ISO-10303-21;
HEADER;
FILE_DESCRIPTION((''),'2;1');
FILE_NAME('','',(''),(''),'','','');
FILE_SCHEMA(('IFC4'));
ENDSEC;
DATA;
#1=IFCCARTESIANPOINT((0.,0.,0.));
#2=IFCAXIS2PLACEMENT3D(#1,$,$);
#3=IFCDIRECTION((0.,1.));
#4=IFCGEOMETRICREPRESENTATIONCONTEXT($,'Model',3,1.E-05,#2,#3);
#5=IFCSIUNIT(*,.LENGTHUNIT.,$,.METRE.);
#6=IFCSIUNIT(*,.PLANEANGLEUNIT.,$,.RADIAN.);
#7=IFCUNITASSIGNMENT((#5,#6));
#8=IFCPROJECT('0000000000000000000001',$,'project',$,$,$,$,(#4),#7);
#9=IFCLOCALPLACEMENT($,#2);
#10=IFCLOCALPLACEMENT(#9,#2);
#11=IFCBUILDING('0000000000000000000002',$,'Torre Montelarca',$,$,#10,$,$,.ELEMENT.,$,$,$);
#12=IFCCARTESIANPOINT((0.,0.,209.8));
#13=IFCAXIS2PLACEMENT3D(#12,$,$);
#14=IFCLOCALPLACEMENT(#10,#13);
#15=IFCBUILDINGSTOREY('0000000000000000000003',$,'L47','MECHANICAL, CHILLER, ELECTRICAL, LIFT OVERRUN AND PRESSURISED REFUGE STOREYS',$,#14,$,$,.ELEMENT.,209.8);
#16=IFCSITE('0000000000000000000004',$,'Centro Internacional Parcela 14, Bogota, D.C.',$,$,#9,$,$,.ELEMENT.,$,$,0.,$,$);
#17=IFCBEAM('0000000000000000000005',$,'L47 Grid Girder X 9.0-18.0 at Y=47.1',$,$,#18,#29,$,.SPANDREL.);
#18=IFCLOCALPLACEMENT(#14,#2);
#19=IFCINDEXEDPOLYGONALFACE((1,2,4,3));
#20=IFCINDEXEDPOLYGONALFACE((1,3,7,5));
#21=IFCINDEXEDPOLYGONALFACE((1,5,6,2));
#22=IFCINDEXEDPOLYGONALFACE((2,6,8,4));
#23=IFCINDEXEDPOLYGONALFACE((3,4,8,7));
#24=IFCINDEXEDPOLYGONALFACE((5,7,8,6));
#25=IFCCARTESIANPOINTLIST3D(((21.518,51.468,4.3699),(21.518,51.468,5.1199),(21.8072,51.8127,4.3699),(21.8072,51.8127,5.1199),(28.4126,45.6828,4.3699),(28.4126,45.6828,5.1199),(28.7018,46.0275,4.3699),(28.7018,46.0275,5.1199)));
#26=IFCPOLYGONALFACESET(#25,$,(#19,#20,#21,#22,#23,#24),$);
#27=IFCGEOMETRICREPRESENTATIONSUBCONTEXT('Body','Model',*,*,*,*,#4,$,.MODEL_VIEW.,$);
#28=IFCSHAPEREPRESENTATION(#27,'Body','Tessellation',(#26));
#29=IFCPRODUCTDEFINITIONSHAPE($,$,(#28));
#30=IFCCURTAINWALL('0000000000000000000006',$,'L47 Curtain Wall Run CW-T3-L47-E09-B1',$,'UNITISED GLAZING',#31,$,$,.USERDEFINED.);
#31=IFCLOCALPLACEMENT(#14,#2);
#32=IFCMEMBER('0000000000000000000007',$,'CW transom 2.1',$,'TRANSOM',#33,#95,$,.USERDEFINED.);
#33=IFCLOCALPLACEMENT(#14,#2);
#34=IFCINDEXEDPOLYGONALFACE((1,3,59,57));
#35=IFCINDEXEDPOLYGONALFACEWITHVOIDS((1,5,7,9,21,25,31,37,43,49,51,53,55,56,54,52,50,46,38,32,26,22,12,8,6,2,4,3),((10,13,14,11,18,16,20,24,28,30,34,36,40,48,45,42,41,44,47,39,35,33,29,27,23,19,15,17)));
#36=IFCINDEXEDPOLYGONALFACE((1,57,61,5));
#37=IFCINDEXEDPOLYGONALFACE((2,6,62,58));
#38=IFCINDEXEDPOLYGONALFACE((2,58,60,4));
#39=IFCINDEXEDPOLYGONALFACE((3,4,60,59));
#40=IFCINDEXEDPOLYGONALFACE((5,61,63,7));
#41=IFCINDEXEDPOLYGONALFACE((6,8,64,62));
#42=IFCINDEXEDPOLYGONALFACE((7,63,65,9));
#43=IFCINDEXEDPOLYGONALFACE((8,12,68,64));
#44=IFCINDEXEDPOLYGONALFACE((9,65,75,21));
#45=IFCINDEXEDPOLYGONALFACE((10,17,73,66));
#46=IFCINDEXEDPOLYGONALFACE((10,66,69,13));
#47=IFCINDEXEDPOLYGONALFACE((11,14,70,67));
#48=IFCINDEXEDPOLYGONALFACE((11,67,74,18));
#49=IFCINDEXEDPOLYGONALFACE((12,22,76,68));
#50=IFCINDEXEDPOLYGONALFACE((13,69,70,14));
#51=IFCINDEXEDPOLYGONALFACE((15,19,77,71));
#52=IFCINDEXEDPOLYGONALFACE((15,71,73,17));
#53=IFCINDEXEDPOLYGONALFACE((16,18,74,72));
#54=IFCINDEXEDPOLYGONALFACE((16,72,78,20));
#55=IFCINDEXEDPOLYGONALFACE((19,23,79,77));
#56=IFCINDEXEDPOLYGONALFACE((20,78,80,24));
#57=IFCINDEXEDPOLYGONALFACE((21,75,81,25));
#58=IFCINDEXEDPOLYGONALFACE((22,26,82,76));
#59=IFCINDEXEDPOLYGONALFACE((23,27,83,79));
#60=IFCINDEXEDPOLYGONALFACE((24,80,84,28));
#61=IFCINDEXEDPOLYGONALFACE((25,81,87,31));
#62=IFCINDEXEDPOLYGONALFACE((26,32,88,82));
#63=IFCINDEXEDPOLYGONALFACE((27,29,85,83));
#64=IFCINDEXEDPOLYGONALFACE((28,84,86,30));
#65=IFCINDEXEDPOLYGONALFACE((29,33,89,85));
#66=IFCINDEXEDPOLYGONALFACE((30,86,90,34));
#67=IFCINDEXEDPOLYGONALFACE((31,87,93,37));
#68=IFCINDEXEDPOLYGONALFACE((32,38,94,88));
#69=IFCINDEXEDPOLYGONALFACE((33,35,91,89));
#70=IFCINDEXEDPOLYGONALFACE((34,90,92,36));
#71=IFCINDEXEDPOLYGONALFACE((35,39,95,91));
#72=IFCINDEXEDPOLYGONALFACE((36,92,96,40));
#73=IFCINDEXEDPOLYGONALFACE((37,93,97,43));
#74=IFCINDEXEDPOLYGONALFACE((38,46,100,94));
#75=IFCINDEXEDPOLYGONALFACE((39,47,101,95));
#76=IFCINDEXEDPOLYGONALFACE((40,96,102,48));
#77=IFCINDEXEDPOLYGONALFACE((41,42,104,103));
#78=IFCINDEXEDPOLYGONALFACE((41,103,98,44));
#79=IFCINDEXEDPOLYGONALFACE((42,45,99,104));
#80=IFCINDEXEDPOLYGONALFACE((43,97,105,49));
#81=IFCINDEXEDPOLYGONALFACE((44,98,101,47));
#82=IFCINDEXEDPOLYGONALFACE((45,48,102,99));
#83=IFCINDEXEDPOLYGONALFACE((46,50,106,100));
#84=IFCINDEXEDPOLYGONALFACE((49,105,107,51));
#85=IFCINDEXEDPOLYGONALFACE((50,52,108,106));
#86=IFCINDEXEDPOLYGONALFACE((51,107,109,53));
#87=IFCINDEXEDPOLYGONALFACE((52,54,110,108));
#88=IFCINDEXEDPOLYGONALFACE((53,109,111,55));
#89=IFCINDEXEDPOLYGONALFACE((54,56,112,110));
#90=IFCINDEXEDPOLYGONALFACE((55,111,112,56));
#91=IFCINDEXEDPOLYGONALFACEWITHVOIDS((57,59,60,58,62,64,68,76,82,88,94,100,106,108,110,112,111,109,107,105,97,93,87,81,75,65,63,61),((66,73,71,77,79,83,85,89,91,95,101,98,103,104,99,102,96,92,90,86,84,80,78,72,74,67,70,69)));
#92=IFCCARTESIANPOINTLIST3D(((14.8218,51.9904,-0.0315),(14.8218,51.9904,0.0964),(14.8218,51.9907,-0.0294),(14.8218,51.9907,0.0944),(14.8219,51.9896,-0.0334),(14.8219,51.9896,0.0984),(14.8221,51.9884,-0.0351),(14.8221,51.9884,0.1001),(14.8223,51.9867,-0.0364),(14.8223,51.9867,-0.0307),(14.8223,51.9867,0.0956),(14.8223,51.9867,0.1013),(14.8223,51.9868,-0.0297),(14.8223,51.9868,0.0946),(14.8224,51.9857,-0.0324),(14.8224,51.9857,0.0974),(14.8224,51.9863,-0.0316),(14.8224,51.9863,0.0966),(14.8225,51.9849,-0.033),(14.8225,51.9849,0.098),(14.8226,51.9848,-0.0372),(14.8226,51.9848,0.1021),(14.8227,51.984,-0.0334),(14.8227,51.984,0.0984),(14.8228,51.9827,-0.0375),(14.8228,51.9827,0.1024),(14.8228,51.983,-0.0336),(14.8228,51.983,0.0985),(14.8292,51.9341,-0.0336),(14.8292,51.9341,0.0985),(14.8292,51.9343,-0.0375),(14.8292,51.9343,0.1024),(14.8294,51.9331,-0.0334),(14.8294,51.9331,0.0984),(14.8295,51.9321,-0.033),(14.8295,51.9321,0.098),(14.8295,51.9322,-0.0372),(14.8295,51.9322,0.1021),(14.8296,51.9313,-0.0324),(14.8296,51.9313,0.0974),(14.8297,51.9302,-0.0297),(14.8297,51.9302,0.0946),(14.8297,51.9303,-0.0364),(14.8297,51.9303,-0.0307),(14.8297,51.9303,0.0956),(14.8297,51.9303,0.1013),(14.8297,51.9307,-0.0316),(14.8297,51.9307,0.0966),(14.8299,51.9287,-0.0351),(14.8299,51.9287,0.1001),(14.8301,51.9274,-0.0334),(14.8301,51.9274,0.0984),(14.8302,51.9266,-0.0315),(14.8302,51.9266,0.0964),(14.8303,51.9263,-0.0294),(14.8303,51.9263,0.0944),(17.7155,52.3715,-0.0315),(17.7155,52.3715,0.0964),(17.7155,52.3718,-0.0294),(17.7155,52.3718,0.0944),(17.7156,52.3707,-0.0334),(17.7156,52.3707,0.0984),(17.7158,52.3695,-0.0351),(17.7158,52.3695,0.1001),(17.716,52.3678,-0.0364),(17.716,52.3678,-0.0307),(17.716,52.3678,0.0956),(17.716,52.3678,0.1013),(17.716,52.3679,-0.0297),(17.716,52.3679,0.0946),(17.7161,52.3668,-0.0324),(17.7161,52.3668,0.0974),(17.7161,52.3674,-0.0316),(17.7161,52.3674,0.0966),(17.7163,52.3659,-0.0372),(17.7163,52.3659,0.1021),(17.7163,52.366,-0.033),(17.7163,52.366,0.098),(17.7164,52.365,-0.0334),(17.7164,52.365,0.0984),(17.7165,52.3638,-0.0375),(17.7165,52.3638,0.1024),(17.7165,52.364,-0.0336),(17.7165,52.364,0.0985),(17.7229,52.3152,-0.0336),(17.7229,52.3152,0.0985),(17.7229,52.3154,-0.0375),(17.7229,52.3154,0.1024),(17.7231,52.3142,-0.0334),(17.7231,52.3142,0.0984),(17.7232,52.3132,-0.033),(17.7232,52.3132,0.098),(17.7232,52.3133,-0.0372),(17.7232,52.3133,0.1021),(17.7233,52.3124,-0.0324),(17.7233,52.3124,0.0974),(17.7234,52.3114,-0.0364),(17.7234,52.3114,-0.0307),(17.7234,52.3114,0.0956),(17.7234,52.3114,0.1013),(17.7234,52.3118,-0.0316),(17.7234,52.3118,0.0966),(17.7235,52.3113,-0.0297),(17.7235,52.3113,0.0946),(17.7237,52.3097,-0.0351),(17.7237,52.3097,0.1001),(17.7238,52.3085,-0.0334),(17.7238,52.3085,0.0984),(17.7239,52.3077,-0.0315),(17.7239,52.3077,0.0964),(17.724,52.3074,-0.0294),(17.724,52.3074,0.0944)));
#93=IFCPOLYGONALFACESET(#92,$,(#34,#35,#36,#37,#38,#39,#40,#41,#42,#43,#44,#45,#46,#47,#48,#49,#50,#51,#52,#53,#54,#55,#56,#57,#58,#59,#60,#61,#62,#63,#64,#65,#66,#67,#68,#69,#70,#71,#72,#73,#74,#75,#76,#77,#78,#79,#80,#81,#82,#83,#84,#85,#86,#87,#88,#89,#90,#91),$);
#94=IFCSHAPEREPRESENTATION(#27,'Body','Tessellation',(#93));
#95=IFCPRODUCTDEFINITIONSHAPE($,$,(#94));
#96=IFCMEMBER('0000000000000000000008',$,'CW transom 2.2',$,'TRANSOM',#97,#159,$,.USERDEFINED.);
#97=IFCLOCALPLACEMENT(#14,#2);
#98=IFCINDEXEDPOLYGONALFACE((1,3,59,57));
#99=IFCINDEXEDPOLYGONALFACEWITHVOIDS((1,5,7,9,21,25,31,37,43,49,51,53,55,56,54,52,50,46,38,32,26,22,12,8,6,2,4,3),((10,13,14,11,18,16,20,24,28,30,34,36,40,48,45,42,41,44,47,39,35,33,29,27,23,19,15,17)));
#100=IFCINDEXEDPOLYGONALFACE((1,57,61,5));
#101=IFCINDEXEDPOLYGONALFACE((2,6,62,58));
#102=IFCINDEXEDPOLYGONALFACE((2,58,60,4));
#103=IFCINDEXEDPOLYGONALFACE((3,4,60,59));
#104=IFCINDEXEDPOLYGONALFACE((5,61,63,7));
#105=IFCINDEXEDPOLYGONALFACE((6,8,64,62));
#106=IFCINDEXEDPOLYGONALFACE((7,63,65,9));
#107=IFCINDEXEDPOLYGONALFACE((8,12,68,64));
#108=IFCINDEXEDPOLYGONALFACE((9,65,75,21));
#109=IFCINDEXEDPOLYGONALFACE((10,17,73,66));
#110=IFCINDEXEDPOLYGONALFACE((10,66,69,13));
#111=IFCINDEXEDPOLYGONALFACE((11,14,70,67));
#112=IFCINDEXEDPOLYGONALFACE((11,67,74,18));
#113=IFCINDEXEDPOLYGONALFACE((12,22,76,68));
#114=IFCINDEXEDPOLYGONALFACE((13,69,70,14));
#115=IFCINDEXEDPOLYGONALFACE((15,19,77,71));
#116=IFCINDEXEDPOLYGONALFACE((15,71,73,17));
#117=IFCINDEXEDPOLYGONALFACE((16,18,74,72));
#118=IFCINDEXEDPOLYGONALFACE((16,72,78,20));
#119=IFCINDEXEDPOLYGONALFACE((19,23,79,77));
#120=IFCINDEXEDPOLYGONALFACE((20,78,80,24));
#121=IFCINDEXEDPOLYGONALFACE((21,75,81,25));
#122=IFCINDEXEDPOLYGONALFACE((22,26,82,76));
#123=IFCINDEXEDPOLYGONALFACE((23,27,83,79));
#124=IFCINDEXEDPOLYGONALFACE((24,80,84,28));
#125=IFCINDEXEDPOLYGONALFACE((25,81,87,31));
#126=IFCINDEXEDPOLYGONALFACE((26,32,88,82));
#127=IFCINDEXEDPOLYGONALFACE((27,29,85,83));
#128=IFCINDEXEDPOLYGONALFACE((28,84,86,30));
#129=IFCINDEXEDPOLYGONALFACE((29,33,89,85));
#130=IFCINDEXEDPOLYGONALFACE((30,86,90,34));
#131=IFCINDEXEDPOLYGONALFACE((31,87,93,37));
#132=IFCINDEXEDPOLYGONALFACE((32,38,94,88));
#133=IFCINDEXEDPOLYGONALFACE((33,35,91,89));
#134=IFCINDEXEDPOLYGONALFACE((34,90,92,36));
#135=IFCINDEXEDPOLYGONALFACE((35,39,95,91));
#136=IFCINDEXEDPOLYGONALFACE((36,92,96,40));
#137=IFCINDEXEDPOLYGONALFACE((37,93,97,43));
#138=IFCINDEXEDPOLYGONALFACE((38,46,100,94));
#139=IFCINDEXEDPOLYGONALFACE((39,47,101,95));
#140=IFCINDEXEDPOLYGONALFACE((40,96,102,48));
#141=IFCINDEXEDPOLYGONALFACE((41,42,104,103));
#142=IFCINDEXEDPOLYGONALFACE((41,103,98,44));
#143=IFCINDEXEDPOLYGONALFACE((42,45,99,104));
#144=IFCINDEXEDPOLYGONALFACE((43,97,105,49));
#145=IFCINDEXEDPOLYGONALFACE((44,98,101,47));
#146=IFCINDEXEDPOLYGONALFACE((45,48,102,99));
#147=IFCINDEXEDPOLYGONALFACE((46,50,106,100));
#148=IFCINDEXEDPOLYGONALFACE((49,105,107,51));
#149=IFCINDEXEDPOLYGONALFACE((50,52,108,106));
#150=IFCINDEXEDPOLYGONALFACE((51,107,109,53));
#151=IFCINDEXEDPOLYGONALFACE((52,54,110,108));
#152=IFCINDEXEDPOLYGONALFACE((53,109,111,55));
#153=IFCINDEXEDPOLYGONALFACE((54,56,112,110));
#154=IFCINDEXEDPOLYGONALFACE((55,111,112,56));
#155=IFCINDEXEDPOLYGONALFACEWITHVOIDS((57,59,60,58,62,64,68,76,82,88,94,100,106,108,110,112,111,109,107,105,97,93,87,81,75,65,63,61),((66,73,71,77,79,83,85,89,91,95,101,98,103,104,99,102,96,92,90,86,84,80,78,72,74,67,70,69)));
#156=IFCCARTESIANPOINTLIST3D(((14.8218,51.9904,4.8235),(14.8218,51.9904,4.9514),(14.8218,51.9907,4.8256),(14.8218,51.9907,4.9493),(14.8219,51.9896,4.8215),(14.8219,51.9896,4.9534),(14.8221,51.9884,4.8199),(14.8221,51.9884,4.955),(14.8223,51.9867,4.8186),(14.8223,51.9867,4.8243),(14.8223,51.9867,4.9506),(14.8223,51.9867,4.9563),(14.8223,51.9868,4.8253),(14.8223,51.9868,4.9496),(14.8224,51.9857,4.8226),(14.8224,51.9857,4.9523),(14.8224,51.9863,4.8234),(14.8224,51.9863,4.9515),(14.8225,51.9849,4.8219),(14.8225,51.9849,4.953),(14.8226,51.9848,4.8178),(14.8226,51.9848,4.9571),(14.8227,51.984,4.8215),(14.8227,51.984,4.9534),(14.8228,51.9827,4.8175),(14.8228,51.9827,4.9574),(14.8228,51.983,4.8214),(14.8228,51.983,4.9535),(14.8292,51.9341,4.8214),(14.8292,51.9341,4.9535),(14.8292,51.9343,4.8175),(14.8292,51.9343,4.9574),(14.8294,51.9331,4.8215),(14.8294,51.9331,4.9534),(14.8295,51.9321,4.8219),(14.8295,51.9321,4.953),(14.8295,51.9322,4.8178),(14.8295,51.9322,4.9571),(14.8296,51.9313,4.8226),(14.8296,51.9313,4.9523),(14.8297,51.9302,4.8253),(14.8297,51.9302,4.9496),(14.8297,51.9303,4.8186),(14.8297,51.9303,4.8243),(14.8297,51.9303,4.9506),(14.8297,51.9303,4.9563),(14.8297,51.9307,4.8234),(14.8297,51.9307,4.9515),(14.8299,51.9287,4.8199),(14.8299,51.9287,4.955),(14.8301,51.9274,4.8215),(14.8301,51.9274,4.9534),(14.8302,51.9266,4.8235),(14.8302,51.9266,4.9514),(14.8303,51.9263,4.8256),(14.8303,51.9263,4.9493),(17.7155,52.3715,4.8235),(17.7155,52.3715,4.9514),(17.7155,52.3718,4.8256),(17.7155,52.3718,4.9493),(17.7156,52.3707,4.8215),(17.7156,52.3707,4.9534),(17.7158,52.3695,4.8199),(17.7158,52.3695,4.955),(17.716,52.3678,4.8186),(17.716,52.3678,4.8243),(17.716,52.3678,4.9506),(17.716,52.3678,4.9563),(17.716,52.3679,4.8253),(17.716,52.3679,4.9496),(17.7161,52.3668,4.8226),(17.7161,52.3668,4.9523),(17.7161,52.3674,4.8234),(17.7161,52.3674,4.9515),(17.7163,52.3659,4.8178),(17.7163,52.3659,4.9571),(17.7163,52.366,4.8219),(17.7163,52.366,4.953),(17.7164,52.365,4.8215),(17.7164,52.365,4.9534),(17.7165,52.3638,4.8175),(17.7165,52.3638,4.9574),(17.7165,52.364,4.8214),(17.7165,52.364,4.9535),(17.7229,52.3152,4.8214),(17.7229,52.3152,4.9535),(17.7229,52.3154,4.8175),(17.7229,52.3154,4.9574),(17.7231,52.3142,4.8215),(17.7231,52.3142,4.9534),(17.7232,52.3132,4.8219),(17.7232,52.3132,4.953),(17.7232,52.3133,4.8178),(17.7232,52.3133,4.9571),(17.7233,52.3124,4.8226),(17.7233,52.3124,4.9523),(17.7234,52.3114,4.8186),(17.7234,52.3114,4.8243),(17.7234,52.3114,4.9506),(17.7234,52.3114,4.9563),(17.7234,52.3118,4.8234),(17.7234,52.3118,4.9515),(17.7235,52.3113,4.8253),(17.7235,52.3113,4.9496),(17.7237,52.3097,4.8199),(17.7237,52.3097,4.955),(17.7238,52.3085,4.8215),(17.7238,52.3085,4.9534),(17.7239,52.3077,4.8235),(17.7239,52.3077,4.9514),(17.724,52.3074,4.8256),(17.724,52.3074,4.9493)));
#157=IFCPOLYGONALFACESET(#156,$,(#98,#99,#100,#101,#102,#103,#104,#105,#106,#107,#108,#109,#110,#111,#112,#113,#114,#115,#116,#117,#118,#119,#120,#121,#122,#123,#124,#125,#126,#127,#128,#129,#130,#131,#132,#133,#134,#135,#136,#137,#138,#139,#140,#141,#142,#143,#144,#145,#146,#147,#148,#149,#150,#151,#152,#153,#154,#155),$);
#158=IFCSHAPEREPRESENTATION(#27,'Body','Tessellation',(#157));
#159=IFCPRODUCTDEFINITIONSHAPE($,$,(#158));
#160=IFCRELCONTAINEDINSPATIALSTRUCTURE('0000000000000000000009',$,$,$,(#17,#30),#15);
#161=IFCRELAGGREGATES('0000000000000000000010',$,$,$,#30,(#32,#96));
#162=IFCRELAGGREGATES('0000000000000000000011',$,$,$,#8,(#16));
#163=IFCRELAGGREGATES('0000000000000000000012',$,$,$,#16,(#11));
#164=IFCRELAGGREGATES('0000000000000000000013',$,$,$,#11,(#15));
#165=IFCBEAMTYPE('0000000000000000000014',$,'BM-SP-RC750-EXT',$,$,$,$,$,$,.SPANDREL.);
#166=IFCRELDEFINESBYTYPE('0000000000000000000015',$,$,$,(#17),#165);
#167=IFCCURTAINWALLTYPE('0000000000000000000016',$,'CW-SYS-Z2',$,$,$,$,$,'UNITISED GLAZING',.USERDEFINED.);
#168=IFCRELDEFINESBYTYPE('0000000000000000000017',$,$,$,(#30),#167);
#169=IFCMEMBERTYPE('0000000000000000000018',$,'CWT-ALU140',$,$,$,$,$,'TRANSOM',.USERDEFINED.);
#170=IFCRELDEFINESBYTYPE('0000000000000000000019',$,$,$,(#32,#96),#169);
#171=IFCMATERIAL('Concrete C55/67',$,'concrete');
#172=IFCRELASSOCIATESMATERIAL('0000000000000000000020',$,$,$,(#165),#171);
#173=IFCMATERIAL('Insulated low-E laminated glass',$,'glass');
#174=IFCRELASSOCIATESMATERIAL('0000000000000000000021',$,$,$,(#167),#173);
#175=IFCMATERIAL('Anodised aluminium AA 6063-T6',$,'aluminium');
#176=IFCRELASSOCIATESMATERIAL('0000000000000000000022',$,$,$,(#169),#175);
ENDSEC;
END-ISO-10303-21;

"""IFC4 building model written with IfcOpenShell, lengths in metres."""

from ifc_helpers import new_model, si_unit, direction, frame, origin, origin_2d, place, context, subcontext, project, spatial, rectangle, hollow_rectangle, extrude, source, transform, mapped, material, material_profile, profile_set, type_object, element, aggregate, save


model = new_model("IFC4")

# Units and contexts
model_context = context("Model", 3, precision=1e-05, world=origin(), true_north=direction((0.0, 1.0)))
body_context = subcontext(model_context, "Body", "Model", "MODEL_VIEW")
ifc_project = project(units=[si_unit("LENGTHUNIT", "METRE"), si_unit("PLANEANGLEUNIT", "RADIAN")], contexts=[model_context])

# Site, building, storey
site_placement = place(None, origin())
site = spatial("IfcSite", under=ifc_project, at=site_placement, Name="Centro Internacional Parcela 14, Bogota, D.C.", CompositionType="ELEMENT", RefElevation=0.0)
building_placement = place(site_placement, origin())
building = spatial("IfcBuilding", under=site, at=building_placement, Name="Torre Montelarca", CompositionType="ELEMENT")
storey_placement = place(building_placement, frame((0.0, 0.0, 209.8)))
storey = spatial("IfcBuildingStorey", under=building, at=storey_placement, Name="L47", Description="MECHANICAL, CHILLER, ELECTRICAL, LIFT OVERRUN AND PRESSURISED REFUGE STOREYS", CompositionType="ELEMENT", Elevation=209.8)

# Shared definitions
ifc_material_1 = material(Name="Concrete C55/67", Category="concrete")

# Beam
ifc_material_profile_1 = material_profile(ifc_material_1, rectangle(XDim=0.45, YDim=0.75, at=origin_2d()), Name="RCB450X750", Category="concrete")
ifc_profile_set_1 = profile_set([ifc_material_profile_1], Name="Concrete C55/67")
beam_type = type_object("IfcBeamType", Name="BM-SP-RC750-EXT", PredefinedType="SPANDREL", material=ifc_profile_set_1)
shared_shape_1 = source(origin(), body_context, "Body", "SweptSolid", [
    extrude(rectangle(XDim=0.45, YDim=0.75, at=origin_2d()), origin(), (0.0, 0.0, 1.0), 9.0002),
])
beam_placement = place(storey_placement, frame((21.6626, 51.6404, 4.7449), z_axis=(0.766047, -0.642785, 0.0), x_axis=(0.642785, 0.766047, 0.0)))
element("IfcBeam", 1, at=beam_placement, inside=storey, type_object=beam_type, Name="L47 Grid Girder X 9.0-18.0 at Y=47.1", PredefinedType="SPANDREL", context=body_context, shape_type="MappedRepresentation", body=[
    mapped(shared_shape_1, transform((0.0, 0.0, 0.0), scale=1.0)),
])

# Curtain wall, members
ifc_material_2 = material(Name="Insulated low-E laminated glass", Category="glass")
curtain_wall_type = type_object("IfcCurtainWallType", Name="CW-SYS-Z2", ElementType="UNITISED GLAZING", PredefinedType="USERDEFINED", material=ifc_material_2)
curtain_wall_1_placement = place(storey_placement, origin())
curtain_wall_1 = element("IfcCurtainWall", 2, at=curtain_wall_1_placement, inside=storey, type_object=curtain_wall_type, Name="L47 Curtain Wall Run CW-T3-L47-E09-B1", ObjectType="UNITISED GLAZING", PredefinedType="USERDEFINED")
ifc_material_3 = material(Name="Anodised aluminium AA 6063-T6", Category="aluminium")
ifc_material_profile_2 = material_profile(ifc_material_3, hollow_rectangle(XDim=0.0649, YDim=0.1399, WallThickness=0.0039, InnerFilletRadius=0.0039, OuterFilletRadius=0.0081, at=origin_2d()), Name="ALU65X140X4", Category="aluminium")
ifc_profile_set_2 = profile_set([ifc_material_profile_2], Name="Anodised aluminium AA 6063-T6")
member_type_1 = type_object("IfcMemberType", Name="CWT-ALU140", ElementType="TRANSOM", PredefinedType="USERDEFINED", material=ifc_profile_set_2)
shared_shape_2 = source(origin(), body_context, "Body", "SweptSolid", [
    extrude(hollow_rectangle(XDim=0.0649, YDim=0.1399, WallThickness=0.0039, InnerFilletRadius=0.0039, OuterFilletRadius=0.0081, at=origin_2d()), origin(), (0.0, 0.0, 1.0), 2.9187),
])
member_1_placement = place(storey_placement, frame((17.7197, 52.3396, 0.0325), z_axis=(-0.991439, -0.130569, 0.0), x_axis=(0.130569, -0.991439, 0.0)))
member_1 = element("IfcMember", 3, at=member_1_placement, type_object=member_type_1, Name="CW transom 2.1", ObjectType="TRANSOM", PredefinedType="USERDEFINED", context=body_context, shape_type="MappedRepresentation", body=[
    mapped(shared_shape_2, transform((0.0, 0.0, 0.0), scale=1.0)),
])
member_2_placement = place(storey_placement, frame((17.7197, 52.3396, 4.8875), z_axis=(-0.991439, -0.130569, 0.0), x_axis=(0.130569, -0.991439, 0.0)))
member_2 = element("IfcMember", 4, at=member_2_placement, type_object=member_type_1, Name="CW transom 2.2", ObjectType="TRANSOM", PredefinedType="USERDEFINED", context=body_context, shape_type="MappedRepresentation", body=[
    mapped(shared_shape_2, transform((0.0, 0.0, 0.0), scale=1.0)),
])

aggregate(curtain_wall_1, [member_1, member_2])

save(model, "model.ifc")
